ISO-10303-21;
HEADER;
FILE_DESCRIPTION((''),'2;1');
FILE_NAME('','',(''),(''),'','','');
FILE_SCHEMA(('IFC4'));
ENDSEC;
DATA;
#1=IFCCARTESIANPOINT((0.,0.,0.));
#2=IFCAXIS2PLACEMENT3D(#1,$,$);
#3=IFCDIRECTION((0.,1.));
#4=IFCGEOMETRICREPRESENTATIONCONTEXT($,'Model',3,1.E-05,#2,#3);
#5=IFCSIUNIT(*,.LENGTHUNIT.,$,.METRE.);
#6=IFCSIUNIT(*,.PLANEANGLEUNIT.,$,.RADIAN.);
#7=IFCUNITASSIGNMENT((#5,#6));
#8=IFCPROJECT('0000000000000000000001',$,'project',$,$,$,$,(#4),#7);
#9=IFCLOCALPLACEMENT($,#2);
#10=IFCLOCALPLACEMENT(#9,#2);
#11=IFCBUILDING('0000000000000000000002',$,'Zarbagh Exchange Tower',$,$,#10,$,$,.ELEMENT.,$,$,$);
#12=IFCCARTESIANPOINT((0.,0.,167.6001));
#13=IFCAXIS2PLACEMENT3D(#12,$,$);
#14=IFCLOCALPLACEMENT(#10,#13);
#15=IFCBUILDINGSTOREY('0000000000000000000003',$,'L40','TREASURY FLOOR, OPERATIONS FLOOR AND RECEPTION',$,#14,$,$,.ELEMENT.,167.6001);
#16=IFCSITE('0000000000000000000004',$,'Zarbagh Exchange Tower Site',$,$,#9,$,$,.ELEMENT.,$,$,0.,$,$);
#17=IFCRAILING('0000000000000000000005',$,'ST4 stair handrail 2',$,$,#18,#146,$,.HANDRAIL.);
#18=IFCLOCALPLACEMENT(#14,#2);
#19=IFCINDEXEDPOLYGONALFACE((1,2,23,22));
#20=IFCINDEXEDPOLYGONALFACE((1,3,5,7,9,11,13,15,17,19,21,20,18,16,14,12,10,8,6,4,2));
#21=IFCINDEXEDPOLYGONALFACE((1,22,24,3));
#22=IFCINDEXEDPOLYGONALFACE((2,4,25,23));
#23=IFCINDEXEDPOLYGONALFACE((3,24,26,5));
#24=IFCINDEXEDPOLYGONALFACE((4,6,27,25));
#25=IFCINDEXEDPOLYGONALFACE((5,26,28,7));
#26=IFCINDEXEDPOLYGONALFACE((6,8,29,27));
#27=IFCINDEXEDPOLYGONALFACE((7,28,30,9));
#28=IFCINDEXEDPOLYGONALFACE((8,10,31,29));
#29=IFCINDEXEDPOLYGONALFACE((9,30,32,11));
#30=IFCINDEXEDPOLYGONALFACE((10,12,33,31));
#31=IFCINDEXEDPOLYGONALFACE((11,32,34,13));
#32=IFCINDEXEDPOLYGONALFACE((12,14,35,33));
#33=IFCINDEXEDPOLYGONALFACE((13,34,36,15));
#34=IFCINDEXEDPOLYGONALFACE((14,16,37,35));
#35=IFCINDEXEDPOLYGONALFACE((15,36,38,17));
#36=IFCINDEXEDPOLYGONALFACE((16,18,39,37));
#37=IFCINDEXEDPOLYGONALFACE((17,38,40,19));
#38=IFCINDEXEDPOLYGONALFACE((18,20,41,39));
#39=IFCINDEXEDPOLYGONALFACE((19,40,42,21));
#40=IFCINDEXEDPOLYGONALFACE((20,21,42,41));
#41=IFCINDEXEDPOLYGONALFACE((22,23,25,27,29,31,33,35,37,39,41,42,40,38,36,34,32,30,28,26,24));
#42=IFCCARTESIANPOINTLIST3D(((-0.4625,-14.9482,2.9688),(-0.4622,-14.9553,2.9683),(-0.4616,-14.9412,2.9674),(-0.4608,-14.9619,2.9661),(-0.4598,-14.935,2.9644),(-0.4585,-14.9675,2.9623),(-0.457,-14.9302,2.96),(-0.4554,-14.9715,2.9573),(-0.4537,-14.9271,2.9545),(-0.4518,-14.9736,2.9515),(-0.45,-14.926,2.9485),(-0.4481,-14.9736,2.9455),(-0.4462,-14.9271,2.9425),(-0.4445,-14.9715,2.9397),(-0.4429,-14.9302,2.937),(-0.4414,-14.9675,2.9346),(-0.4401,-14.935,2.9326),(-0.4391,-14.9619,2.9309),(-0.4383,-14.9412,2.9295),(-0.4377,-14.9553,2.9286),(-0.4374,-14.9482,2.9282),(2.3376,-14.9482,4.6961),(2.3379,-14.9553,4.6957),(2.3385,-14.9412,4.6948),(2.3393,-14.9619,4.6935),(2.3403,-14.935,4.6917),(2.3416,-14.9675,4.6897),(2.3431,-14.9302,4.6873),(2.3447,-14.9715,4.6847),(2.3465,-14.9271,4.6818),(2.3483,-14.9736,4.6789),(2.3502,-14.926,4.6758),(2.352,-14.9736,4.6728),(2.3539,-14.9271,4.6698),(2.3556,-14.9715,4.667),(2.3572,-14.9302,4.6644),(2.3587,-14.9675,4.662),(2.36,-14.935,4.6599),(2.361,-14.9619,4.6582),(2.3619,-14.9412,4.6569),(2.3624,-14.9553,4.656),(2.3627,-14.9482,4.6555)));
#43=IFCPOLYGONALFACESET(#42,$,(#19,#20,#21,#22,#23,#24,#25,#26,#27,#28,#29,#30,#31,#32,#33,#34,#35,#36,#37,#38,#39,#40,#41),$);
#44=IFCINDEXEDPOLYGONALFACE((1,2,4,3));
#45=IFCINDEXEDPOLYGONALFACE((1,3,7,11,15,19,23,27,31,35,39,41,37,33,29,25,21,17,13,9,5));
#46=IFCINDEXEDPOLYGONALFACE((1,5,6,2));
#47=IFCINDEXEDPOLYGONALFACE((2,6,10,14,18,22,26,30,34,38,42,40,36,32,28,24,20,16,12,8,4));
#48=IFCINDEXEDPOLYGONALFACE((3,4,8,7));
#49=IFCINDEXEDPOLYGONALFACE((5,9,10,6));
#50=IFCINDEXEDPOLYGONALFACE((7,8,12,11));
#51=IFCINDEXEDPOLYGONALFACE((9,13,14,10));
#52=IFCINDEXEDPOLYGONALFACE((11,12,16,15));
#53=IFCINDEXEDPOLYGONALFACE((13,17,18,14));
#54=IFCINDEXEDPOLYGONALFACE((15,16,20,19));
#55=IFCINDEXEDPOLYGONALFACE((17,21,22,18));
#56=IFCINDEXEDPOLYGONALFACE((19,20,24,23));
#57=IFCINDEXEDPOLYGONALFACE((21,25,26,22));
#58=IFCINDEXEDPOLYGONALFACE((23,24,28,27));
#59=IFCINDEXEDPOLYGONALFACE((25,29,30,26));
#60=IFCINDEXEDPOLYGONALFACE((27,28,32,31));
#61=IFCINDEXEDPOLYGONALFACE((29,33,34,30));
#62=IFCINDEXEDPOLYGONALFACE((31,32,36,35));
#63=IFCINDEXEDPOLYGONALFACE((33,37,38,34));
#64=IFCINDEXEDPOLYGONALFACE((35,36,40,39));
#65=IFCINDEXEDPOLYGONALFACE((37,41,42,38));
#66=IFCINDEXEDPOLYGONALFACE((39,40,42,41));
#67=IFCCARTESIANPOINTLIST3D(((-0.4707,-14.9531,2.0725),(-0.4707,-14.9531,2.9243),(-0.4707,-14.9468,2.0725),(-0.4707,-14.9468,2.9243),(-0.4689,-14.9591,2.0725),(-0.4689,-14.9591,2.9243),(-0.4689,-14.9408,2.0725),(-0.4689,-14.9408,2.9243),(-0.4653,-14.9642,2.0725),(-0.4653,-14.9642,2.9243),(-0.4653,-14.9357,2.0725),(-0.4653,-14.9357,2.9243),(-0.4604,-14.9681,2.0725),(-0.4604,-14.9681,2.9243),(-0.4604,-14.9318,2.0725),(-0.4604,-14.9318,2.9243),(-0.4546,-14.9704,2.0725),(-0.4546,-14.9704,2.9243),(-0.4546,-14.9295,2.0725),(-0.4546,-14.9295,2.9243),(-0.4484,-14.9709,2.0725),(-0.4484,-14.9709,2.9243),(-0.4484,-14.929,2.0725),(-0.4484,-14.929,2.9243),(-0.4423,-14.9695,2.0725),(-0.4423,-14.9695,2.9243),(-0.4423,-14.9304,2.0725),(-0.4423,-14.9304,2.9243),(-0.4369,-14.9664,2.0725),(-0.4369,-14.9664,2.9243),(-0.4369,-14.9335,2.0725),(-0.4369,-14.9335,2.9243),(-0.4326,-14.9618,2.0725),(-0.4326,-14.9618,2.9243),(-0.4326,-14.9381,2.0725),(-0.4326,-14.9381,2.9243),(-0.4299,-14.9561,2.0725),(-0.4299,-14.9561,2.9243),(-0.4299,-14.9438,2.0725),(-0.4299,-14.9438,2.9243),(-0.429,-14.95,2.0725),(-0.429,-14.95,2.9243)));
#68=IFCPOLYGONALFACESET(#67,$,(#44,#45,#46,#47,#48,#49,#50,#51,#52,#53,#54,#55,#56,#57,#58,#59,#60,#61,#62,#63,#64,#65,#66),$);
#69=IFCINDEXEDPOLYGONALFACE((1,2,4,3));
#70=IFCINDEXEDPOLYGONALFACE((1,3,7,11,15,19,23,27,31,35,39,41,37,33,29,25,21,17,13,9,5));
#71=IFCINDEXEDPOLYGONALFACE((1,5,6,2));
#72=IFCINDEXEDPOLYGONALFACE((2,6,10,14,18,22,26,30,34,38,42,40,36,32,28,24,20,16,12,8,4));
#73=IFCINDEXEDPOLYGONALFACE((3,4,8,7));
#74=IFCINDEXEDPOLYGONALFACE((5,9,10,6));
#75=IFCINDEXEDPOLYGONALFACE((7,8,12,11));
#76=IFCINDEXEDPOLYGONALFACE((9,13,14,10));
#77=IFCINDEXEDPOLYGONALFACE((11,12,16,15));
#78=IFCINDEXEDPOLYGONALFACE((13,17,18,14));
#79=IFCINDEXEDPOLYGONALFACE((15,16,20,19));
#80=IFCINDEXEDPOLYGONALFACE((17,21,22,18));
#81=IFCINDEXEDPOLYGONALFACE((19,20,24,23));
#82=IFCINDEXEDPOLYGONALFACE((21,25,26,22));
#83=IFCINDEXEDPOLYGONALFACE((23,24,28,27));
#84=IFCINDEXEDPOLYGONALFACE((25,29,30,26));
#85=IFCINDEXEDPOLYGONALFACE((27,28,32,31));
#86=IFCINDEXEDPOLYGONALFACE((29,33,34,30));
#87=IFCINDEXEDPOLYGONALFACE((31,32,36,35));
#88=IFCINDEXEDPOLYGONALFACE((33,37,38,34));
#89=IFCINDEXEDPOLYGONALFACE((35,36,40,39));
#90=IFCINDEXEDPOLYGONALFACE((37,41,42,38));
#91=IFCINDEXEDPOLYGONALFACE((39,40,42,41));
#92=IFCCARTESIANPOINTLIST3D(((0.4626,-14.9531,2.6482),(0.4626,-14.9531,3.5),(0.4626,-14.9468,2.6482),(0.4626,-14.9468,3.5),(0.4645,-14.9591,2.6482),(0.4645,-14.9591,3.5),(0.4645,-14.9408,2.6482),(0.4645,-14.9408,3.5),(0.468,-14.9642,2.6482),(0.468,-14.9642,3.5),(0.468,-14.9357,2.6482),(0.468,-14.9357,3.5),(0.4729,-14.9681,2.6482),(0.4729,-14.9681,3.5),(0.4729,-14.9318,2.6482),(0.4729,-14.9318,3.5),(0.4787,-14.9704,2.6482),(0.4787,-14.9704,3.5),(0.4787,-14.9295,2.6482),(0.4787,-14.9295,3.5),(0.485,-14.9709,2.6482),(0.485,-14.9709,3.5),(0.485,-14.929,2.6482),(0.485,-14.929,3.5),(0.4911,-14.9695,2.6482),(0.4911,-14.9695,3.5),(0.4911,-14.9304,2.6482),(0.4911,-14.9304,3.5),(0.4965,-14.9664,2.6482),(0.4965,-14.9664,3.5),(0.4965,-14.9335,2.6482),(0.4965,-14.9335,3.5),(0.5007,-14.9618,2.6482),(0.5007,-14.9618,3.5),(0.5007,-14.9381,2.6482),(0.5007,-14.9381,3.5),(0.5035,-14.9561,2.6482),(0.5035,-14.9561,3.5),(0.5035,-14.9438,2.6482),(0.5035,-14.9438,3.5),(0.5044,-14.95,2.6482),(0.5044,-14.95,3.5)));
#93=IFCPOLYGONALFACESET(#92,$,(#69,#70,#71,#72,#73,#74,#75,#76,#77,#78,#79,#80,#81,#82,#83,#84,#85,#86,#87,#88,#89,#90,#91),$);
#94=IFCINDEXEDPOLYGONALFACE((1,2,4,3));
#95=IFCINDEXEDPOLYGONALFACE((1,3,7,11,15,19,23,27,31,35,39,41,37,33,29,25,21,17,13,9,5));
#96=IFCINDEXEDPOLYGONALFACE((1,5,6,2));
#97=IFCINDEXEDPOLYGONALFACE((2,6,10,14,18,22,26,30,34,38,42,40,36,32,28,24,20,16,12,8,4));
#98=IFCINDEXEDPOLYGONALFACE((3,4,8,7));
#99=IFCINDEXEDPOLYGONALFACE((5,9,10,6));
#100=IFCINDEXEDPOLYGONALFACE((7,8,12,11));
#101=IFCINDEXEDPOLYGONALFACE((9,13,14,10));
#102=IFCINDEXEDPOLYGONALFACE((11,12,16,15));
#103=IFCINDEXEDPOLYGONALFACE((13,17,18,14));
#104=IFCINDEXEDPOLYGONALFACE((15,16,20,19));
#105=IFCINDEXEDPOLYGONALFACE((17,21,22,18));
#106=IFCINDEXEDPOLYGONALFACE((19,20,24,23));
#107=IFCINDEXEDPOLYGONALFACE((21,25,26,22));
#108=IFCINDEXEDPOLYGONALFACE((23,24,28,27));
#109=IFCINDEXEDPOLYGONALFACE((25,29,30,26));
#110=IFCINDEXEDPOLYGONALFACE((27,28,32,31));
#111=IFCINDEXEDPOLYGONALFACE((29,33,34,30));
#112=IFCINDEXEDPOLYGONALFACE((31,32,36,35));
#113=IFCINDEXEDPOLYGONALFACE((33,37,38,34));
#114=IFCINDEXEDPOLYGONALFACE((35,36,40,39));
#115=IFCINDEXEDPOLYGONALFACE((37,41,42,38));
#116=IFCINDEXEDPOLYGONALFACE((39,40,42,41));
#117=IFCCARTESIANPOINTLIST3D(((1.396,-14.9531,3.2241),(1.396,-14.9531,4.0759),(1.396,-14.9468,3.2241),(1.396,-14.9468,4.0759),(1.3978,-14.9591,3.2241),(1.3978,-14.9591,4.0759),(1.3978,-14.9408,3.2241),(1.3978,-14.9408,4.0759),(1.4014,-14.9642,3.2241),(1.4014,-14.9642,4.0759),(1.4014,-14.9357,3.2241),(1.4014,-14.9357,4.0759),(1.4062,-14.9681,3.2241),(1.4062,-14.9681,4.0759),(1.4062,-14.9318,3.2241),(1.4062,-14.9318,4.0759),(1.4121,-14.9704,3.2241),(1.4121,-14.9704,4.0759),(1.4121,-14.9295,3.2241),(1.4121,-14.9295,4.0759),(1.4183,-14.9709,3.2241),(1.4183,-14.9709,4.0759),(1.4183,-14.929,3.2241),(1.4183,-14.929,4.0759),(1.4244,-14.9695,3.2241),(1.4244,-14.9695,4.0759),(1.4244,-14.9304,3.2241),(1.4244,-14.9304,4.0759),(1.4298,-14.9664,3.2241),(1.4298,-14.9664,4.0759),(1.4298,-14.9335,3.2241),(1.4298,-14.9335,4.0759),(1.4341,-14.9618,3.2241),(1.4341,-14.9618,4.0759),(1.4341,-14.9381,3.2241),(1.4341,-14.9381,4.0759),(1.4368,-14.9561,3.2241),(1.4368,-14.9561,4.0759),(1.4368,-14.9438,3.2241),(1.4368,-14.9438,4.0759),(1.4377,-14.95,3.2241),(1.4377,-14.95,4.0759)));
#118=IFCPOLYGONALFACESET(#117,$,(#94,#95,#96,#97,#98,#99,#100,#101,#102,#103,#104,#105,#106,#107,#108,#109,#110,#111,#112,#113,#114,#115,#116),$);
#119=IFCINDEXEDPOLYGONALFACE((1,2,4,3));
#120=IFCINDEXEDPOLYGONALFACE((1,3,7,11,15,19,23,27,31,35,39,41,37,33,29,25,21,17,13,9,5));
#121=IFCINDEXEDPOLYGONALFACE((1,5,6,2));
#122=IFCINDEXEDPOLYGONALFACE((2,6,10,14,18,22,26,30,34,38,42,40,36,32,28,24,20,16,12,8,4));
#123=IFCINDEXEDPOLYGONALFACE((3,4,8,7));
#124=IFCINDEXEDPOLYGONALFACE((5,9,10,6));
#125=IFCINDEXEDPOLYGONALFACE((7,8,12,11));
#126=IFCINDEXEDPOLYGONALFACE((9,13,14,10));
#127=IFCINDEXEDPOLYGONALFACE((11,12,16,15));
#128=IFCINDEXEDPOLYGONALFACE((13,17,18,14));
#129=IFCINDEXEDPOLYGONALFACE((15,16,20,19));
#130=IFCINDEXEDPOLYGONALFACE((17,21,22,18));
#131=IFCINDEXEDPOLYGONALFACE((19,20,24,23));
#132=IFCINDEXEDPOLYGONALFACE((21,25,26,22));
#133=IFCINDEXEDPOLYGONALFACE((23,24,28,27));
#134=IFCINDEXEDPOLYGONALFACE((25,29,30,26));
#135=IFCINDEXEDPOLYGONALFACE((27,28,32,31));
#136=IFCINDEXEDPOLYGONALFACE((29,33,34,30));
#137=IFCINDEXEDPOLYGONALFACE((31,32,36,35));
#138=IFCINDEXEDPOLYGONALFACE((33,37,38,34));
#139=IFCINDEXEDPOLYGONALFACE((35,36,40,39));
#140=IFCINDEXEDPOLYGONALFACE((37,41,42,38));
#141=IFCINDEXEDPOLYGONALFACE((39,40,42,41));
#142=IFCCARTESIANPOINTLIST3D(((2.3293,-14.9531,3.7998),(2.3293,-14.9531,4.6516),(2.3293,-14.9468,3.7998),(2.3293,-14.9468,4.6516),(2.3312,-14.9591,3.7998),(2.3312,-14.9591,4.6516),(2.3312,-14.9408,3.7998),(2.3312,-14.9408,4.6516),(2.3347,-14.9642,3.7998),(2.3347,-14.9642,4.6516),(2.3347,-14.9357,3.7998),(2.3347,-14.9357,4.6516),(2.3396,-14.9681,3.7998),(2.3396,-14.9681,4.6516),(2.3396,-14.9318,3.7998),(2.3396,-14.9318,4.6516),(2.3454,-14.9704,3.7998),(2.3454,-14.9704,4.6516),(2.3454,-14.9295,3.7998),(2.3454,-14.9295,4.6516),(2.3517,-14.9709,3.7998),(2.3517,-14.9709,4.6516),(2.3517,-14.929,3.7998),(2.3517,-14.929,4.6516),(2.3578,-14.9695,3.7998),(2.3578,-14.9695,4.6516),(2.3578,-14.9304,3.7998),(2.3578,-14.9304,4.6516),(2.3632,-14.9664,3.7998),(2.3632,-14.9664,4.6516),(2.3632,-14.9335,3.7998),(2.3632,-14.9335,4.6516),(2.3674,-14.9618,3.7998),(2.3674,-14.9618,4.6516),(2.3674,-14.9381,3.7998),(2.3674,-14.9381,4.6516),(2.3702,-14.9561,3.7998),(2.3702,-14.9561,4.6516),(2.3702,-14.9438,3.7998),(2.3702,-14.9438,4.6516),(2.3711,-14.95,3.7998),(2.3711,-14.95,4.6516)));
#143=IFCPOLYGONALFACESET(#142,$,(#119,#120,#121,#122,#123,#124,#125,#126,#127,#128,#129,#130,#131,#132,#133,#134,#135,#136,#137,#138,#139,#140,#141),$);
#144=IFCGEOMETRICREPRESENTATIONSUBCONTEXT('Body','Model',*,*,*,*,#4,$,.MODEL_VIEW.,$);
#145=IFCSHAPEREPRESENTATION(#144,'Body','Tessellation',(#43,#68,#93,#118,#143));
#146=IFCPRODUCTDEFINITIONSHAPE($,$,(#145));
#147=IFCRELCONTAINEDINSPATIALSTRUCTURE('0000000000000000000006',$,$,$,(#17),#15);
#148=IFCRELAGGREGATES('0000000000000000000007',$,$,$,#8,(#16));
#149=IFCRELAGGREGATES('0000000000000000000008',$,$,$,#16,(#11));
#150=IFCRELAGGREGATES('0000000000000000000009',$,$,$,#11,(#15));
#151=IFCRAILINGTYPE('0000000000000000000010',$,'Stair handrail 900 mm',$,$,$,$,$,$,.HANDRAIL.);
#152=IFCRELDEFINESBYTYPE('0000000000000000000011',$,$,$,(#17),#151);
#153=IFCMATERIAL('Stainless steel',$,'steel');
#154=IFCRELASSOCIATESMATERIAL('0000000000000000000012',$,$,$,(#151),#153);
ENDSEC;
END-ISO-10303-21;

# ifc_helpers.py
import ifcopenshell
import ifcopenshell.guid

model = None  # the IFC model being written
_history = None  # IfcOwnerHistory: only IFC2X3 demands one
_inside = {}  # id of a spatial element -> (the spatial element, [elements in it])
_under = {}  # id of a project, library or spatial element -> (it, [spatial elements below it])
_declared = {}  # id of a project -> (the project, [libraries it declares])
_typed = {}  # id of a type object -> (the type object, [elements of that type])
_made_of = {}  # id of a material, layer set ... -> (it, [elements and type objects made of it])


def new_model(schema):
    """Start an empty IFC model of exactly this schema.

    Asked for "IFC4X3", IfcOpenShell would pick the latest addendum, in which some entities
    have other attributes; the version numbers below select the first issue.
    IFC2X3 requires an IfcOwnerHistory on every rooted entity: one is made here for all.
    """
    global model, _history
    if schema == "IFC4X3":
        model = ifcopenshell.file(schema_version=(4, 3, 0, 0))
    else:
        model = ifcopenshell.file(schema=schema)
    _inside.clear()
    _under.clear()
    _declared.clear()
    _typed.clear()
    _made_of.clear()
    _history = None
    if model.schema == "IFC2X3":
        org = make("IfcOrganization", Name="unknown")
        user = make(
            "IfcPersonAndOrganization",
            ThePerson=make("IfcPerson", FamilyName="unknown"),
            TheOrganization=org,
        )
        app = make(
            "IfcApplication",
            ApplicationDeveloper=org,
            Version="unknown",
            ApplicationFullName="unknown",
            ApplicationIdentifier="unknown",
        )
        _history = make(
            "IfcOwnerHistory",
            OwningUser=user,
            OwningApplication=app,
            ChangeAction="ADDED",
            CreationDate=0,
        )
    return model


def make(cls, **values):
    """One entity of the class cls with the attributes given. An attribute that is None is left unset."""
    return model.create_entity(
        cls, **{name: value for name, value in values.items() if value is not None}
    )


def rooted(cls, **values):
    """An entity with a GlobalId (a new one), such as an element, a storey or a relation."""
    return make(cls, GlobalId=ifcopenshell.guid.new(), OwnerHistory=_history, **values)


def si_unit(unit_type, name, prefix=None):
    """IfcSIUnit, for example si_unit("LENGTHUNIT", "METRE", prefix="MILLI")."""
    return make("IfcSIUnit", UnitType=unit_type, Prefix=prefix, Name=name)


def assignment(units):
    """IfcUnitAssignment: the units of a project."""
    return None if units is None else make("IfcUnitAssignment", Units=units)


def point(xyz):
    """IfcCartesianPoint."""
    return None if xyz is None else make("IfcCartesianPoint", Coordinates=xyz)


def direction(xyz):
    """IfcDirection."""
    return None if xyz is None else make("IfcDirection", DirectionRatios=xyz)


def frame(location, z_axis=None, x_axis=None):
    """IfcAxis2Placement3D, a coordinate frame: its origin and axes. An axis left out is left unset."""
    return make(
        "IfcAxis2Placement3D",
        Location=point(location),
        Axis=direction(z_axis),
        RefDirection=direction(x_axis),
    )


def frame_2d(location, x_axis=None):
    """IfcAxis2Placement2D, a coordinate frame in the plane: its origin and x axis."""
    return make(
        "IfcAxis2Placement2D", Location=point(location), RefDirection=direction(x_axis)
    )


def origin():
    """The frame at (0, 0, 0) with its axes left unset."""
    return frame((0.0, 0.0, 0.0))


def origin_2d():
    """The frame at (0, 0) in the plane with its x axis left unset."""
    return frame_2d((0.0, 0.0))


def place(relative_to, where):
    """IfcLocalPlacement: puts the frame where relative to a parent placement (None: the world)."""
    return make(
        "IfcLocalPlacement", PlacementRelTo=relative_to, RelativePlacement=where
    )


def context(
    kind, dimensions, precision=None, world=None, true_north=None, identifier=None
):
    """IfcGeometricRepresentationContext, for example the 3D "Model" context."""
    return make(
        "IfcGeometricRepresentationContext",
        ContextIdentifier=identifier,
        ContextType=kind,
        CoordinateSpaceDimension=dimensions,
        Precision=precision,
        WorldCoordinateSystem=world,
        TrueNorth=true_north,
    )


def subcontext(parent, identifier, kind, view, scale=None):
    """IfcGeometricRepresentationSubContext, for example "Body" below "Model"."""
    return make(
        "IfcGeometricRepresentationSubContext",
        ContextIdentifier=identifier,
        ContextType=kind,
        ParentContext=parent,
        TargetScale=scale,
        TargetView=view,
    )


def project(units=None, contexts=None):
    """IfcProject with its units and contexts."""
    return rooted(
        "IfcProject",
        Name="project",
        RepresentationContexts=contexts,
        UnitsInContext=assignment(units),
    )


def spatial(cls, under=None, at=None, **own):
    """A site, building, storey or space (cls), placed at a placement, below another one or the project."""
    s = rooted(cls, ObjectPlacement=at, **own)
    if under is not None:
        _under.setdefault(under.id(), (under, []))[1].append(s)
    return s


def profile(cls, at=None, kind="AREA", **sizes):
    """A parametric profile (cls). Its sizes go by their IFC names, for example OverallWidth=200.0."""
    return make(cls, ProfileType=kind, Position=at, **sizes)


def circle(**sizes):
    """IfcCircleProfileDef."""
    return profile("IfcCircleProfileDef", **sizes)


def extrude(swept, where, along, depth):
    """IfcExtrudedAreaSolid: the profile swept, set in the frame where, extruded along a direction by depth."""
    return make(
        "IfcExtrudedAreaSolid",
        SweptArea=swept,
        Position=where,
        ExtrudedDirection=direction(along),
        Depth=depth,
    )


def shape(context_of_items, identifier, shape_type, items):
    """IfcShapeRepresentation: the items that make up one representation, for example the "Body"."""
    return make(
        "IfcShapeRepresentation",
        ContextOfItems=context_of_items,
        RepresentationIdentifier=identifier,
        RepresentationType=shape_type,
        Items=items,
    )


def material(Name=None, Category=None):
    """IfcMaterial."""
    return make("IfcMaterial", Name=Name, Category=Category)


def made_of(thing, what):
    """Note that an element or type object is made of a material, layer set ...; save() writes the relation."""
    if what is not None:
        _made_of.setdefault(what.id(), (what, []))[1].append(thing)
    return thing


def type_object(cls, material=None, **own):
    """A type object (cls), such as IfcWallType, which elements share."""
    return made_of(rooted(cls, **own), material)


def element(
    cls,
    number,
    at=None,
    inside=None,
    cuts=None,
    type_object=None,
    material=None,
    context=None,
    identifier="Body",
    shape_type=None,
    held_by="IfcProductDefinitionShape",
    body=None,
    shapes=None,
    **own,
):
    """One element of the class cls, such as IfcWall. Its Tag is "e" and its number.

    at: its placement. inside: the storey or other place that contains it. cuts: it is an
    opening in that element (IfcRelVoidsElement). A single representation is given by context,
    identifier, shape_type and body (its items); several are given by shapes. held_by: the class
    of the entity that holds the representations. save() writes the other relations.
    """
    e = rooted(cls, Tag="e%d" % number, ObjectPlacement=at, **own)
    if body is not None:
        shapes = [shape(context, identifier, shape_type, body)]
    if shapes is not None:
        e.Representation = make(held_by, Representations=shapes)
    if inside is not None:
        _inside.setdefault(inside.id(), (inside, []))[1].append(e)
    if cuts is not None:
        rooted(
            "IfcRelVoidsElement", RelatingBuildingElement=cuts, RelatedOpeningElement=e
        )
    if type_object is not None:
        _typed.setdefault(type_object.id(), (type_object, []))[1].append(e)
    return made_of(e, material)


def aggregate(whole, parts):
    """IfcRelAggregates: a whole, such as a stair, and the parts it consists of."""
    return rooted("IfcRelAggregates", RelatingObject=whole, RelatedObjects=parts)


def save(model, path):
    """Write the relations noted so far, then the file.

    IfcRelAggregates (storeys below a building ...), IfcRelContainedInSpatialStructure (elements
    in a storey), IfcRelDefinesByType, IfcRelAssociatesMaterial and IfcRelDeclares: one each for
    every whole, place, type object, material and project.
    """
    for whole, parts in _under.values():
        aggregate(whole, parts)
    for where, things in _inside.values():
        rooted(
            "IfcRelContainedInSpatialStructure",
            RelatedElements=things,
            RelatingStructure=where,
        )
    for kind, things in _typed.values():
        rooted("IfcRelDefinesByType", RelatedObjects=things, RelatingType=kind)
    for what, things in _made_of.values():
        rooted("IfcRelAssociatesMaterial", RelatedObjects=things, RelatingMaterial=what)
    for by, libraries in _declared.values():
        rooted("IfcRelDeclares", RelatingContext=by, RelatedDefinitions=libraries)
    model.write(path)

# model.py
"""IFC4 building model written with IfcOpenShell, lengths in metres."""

from ifc_helpers import new_model, si_unit, direction, frame, origin, origin_2d, place, context, subcontext, project, spatial, circle, extrude, material, type_object, element, save


model = new_model("IFC4")

# Units and contexts
model_context = context("Model", 3, precision=1e-05, world=origin(), true_north=direction((0.0, 1.0)))
body_context = subcontext(model_context, "Body", "Model", "MODEL_VIEW")
ifc_project = project(units=[si_unit("LENGTHUNIT", "METRE"), si_unit("PLANEANGLEUNIT", "RADIAN")], contexts=[model_context])

# Site, building, storey
site_placement = place(None, origin())
site = spatial("IfcSite", under=ifc_project, at=site_placement, Name="Zarbagh Exchange Tower Site", CompositionType="ELEMENT", RefElevation=0.0)
building_placement = place(site_placement, origin())
building = spatial("IfcBuilding", under=site, at=building_placement, Name="Zarbagh Exchange Tower", CompositionType="ELEMENT")
storey_placement = place(building_placement, frame((0.0, 0.0, 167.6001)))
storey = spatial("IfcBuildingStorey", under=building, at=storey_placement, Name="L40", Description="TREASURY FLOOR, OPERATIONS FLOOR AND RECEPTION", CompositionType="ELEMENT", Elevation=167.6001)

# Shared definitions
ifc_material_1 = material(Name="Stainless steel", Category="steel")

# Railing
railing_type_1 = type_object("IfcRailingType", Name="Stair handrail 900 mm", PredefinedType="HANDRAIL", material=ifc_material_1)
for number, where, name in (
    (1, (-0.45, -14.95, 2.0725), "ST4 stair handrail 2"),
):
    element("IfcRailing", number, at=place(storey_placement, frame(where)), inside=storey, type_object=railing_type_1, Name=name, PredefinedType="HANDRAIL", context=body_context, shape_type="SweptSolid", body=[
        extrude(circle(Radius=0.0239, at=origin_2d()), frame((0.0, 0.0, 0.876), z_axis=(0.85109, 0.0, 0.52502), x_axis=(0.0, 1.0, 0.0)), (0.0, 0.0, 1.0), 3.29),
        extrude(circle(Radius=0.021, at=origin_2d()), origin(), (0.0, 0.0, 1.0), 0.8518),
        extrude(circle(Radius=0.021, at=origin_2d()), frame((0.9333, 0.0, 0.5757)), (0.0, 0.0, 1.0), 0.8518),
        extrude(circle(Radius=0.021, at=origin_2d()), frame((1.8667, 0.0, 1.1516)), (0.0, 0.0, 1.0), 0.8518),
        extrude(circle(Radius=0.021, at=origin_2d()), frame((2.8, 0.0, 1.7273)), (0.0, 0.0, 1.0), 0.8518),
    ])

save(model, "model.ifc")
